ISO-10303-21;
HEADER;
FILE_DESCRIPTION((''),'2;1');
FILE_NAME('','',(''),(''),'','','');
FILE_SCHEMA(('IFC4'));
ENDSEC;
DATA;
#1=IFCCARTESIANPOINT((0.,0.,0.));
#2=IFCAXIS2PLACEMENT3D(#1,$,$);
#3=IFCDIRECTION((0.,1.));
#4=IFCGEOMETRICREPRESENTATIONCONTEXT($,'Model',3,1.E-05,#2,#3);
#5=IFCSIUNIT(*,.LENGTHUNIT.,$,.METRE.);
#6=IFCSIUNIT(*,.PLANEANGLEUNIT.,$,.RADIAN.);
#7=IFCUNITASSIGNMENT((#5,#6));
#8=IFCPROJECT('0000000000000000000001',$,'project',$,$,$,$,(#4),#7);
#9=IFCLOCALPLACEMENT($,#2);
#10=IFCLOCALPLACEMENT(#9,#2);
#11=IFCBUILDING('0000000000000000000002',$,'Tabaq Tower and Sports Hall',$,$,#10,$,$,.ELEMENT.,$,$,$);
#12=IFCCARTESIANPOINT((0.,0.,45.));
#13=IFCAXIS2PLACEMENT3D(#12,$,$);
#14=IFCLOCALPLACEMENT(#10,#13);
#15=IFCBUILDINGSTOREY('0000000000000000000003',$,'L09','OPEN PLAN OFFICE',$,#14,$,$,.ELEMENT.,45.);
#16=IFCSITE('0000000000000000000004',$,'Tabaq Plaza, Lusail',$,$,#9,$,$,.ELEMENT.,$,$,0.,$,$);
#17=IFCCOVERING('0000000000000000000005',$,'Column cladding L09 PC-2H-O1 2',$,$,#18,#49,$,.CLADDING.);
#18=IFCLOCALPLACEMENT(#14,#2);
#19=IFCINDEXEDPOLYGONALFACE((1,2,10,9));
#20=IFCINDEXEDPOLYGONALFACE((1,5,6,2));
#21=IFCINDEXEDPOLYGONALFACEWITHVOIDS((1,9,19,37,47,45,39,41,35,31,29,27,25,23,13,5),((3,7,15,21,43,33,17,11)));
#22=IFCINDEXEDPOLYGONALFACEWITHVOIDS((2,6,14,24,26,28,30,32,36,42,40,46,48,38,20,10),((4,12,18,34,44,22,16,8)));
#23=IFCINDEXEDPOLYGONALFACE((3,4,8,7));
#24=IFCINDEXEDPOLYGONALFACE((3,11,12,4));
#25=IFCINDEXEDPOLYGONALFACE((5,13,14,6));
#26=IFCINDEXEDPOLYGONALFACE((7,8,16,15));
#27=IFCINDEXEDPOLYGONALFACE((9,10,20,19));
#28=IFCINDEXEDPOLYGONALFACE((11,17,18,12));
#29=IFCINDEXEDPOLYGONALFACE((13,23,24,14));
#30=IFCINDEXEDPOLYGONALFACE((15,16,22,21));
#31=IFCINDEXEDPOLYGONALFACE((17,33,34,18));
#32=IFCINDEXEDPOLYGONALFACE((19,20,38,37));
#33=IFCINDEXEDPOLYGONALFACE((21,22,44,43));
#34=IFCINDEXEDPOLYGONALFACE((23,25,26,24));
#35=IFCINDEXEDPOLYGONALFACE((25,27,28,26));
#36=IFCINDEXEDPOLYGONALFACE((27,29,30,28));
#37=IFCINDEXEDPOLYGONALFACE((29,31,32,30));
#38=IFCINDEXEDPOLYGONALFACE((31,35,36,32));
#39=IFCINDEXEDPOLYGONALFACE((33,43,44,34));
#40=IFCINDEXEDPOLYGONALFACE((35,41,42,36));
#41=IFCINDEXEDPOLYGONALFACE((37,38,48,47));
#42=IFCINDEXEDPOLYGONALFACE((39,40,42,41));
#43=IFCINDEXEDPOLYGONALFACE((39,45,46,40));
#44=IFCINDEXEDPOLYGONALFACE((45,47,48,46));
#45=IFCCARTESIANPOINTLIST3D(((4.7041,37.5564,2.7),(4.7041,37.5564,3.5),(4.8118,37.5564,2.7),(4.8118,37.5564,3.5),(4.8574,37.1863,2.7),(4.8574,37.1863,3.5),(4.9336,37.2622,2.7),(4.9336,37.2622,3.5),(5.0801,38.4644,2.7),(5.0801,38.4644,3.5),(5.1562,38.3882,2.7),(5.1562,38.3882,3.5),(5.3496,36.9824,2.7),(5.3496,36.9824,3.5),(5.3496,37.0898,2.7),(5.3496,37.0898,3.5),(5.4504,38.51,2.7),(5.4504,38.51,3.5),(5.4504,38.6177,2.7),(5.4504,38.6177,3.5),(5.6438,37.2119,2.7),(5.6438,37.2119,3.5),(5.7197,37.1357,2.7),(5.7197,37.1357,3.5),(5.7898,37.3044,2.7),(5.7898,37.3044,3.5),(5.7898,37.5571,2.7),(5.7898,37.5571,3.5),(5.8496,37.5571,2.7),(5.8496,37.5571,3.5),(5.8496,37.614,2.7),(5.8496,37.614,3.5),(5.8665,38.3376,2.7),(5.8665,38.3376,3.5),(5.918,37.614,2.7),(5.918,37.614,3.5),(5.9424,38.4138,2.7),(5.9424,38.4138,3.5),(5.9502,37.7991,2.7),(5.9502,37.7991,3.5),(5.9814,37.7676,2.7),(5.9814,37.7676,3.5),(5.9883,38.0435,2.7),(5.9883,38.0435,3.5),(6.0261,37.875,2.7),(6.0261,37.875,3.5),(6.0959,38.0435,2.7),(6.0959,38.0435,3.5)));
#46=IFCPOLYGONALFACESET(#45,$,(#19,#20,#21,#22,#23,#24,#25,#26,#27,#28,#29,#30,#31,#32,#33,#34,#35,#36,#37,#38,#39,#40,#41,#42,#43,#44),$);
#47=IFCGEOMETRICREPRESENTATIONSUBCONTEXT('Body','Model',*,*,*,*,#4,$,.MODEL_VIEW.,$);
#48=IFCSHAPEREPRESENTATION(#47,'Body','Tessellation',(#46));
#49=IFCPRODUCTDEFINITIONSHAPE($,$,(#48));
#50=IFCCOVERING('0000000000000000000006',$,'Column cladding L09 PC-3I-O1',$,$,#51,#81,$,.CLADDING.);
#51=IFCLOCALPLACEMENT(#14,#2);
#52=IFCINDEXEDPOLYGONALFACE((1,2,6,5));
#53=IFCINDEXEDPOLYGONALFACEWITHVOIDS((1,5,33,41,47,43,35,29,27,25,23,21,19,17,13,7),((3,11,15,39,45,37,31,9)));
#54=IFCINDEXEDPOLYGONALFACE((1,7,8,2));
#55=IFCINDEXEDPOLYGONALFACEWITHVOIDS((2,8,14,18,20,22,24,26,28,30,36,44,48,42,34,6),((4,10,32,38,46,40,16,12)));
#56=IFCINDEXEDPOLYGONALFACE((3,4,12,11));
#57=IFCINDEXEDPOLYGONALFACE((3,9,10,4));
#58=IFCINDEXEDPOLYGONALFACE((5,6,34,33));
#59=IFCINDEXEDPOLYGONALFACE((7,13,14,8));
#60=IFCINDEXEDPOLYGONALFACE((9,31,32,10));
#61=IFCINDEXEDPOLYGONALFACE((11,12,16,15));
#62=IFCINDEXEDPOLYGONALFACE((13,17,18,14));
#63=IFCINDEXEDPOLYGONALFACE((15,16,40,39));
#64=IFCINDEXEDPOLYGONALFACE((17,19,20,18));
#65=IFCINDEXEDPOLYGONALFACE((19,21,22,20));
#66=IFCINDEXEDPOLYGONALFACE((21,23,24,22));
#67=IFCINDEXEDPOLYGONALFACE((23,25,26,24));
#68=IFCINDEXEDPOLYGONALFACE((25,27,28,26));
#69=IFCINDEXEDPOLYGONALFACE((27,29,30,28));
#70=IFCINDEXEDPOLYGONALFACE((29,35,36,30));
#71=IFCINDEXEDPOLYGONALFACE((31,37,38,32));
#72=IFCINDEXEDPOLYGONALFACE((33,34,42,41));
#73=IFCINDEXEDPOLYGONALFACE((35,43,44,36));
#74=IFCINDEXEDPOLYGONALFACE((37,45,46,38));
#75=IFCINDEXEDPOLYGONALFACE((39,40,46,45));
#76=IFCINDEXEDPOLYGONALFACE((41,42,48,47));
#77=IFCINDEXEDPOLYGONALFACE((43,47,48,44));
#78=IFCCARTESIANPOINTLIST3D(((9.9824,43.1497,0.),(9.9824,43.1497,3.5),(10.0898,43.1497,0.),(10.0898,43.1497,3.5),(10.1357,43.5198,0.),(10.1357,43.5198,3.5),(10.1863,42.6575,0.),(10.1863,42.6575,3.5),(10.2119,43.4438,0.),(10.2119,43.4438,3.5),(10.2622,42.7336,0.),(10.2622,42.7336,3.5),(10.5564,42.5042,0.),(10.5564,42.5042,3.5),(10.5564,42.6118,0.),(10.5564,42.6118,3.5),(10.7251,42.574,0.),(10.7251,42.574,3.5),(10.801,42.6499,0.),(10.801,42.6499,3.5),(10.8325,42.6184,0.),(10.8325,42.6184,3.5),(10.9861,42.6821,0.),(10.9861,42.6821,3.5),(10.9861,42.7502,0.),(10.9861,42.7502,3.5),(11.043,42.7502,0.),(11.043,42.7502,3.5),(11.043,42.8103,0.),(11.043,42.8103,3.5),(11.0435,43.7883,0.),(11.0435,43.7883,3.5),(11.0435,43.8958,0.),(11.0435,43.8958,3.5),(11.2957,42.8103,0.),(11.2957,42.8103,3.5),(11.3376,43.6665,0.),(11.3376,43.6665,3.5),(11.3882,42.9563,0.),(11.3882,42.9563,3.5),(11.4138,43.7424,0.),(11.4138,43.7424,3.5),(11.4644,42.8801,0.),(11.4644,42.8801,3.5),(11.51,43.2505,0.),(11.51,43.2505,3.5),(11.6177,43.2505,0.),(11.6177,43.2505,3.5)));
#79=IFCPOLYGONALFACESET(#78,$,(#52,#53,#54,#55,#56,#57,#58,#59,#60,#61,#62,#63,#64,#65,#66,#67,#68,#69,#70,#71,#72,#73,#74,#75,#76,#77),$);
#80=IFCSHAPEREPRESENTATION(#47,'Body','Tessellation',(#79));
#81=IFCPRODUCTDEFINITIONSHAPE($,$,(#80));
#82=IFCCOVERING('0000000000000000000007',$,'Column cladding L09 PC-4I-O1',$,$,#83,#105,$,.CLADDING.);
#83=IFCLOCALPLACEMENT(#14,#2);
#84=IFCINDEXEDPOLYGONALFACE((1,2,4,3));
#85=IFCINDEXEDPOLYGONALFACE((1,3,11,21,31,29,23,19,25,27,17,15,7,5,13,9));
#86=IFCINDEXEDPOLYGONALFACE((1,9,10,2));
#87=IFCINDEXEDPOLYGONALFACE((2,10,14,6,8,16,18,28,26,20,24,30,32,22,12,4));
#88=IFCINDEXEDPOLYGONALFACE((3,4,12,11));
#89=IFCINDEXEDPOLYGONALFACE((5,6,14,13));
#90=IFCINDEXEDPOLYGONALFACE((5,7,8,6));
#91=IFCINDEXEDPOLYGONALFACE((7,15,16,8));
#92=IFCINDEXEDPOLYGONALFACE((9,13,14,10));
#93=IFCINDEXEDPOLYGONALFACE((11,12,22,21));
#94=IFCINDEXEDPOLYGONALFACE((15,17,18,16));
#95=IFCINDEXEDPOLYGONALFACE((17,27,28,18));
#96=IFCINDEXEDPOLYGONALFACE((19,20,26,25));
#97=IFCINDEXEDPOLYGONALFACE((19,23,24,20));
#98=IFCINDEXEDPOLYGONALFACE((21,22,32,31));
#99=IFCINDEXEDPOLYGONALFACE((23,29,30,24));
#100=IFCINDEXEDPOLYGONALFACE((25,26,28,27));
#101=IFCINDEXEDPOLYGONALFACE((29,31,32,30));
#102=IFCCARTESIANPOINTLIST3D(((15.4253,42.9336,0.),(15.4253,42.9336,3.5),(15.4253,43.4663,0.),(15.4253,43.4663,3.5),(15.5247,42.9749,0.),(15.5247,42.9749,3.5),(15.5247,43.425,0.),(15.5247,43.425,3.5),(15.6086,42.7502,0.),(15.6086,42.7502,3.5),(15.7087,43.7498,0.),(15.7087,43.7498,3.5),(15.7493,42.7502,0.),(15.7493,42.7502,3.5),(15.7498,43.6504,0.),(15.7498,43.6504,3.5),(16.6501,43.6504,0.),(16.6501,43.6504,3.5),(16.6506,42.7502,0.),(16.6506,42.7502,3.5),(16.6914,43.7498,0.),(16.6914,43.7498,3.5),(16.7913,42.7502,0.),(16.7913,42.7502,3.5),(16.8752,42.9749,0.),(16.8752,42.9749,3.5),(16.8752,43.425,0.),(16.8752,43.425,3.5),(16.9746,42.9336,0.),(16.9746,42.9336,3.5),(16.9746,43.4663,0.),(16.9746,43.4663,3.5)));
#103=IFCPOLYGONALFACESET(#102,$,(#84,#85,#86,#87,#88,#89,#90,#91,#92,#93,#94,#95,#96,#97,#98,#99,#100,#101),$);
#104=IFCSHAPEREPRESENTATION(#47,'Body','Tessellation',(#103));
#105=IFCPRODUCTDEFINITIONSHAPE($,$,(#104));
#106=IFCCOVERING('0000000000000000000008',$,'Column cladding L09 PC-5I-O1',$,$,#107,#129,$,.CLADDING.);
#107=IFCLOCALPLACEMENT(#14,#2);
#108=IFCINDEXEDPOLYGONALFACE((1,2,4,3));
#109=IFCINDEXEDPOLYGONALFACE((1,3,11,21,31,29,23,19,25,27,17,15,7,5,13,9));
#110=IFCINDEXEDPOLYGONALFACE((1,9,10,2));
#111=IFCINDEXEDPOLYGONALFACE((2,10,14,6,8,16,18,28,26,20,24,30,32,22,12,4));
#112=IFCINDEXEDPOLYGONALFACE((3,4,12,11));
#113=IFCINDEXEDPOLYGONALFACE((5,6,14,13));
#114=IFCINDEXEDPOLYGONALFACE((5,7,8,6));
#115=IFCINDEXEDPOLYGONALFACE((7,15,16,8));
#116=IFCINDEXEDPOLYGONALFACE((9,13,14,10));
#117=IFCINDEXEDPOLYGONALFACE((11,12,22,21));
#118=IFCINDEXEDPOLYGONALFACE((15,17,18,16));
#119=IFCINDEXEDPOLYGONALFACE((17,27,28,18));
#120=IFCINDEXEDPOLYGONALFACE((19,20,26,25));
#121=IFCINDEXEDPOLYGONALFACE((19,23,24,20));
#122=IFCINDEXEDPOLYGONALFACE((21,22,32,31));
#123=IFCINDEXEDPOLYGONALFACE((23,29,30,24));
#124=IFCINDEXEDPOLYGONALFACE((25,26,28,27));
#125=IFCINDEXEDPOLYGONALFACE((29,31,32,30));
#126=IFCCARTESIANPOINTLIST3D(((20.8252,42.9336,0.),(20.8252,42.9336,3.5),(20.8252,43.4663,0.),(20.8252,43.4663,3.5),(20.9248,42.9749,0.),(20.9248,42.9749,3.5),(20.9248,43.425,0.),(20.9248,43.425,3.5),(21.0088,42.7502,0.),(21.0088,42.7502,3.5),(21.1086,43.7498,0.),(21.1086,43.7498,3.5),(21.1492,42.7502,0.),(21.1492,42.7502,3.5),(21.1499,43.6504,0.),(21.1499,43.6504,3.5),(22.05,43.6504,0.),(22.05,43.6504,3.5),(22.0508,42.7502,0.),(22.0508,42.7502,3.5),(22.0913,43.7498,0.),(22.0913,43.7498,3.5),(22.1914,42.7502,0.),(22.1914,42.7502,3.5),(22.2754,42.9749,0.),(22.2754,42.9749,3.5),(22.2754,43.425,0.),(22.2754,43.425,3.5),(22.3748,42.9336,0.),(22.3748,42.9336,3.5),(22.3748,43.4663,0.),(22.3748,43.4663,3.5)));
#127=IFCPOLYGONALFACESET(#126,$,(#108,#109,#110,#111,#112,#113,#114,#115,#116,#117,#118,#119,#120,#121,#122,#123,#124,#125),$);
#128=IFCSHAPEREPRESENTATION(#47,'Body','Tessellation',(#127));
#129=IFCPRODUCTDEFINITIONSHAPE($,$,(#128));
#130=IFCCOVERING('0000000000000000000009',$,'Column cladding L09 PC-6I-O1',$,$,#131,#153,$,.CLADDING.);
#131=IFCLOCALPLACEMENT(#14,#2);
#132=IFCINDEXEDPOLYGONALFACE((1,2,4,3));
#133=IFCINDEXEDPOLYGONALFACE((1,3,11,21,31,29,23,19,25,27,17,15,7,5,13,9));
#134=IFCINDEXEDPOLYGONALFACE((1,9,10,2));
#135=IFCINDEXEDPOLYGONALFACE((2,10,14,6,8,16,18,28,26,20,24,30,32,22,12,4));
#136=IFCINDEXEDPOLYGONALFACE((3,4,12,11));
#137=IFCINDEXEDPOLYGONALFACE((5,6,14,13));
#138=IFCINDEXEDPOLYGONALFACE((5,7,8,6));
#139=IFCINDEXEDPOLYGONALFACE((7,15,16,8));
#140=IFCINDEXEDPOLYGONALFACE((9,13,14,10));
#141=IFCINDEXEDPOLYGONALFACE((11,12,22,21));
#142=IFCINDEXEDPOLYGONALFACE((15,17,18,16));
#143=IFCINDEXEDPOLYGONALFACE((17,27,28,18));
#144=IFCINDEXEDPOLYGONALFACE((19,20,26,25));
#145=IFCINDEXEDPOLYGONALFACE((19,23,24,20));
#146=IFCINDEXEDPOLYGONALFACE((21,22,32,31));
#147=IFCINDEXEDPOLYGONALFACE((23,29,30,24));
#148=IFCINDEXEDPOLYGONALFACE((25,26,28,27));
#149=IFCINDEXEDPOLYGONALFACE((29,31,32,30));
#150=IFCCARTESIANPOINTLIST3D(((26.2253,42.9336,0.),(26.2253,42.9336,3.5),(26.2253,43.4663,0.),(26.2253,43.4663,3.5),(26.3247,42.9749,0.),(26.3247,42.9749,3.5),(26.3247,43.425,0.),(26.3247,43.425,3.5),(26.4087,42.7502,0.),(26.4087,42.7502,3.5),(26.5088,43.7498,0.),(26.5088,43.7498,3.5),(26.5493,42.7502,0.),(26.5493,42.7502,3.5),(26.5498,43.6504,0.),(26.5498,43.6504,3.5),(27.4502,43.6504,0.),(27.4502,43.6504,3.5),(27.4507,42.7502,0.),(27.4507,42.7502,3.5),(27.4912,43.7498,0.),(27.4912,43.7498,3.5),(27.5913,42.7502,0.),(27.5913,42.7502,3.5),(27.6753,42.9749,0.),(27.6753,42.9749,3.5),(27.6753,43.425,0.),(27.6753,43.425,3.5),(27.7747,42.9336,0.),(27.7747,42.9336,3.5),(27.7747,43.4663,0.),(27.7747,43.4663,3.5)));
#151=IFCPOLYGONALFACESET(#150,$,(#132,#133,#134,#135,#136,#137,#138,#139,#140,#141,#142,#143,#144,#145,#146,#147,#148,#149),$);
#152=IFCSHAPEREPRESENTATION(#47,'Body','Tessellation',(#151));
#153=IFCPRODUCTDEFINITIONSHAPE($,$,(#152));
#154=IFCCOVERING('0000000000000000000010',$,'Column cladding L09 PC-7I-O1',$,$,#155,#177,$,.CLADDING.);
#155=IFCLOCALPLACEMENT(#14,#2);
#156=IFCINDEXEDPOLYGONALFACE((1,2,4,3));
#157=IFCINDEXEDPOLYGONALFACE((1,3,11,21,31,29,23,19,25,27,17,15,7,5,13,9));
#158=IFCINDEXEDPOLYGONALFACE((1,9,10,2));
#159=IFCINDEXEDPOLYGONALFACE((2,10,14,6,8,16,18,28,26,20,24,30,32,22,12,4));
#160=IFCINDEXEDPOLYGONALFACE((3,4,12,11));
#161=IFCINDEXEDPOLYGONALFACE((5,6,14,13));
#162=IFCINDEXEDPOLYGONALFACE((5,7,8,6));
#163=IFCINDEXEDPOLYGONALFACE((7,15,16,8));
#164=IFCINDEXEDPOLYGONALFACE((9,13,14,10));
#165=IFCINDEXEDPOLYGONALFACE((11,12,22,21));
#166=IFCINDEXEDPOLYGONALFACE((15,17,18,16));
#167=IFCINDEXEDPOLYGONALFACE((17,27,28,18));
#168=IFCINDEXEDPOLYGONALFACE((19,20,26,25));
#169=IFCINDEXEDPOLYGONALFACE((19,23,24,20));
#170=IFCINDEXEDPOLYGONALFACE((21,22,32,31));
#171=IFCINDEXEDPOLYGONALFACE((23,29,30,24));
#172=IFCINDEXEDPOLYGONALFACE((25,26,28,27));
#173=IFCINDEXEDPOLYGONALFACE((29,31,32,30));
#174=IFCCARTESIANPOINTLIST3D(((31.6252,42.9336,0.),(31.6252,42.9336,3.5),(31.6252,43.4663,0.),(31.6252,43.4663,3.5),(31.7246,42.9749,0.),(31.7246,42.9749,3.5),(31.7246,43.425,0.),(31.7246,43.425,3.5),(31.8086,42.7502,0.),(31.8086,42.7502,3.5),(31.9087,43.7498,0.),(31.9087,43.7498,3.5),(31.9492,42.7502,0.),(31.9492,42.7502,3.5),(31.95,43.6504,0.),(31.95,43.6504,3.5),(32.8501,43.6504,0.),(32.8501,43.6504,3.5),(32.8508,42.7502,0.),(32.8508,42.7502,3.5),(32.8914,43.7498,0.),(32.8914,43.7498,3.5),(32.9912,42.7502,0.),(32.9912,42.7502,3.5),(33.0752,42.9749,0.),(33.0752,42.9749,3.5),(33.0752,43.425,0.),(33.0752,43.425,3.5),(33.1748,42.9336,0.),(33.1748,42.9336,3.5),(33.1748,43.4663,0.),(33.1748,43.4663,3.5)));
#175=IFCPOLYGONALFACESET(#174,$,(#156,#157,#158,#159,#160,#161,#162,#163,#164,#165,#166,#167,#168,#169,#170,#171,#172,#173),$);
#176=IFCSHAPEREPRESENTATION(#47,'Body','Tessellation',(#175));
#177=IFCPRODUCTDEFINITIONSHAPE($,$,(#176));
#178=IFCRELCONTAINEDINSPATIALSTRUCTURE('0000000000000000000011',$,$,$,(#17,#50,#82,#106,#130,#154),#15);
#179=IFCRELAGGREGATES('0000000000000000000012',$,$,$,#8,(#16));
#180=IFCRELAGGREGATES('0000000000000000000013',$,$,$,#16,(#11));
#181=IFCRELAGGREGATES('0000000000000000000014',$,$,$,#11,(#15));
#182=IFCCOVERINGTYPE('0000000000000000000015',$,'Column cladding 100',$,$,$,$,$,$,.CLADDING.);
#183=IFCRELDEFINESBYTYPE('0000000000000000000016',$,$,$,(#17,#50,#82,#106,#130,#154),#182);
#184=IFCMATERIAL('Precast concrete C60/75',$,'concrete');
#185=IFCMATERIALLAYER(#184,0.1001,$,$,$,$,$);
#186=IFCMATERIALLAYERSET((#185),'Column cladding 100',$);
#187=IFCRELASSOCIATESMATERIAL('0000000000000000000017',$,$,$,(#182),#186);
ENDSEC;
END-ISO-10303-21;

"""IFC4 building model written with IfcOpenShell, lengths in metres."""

from ifc_helpers import new_model, si_unit, direction, frame, origin, place, context, subcontext, project, spatial, polyline, outline, extrude, material, layer, layer_set, type_object, element, save


model = new_model("IFC4")

# Units and contexts
model_context = context("Model", 3, precision=1e-05, world=origin(), true_north=direction((0.0, 1.0)))
body_context = subcontext(model_context, "Body", "Model", "MODEL_VIEW")
ifc_project = project(units=[si_unit("LENGTHUNIT", "METRE"), si_unit("PLANEANGLEUNIT", "RADIAN")], contexts=[model_context])

# Site, building, storey
site_placement = place(None, origin())
site = spatial("IfcSite", under=ifc_project, at=site_placement, Name="Tabaq Plaza, Lusail", CompositionType="ELEMENT", RefElevation=0.0)
building_placement = place(site_placement, origin())
building = spatial("IfcBuilding", under=site, at=building_placement, Name="Tabaq Tower and Sports Hall", CompositionType="ELEMENT")
storey_placement = place(building_placement, frame((0.0, 0.0, 45.0)))
storey = spatial("IfcBuildingStorey", under=building, at=storey_placement, Name="L09", Description="OPEN PLAN OFFICE", CompositionType="ELEMENT", Elevation=45.0)

# Coverings
ifc_material_1 = material(Name="Precast concrete C60/75", Category="concrete")
ifc_layer_1 = layer(ifc_material_1, 0.1001)
ifc_layer_set_1 = layer_set([ifc_layer_1], Name="Column cladding 100")
covering_type = type_object("IfcCoveringType", Name="Column cladding 100", PredefinedType="CLADDING", material=ifc_layer_set_1)
covering_1_placement = place(storey_placement, frame((0.0, 0.0, 2.7)))
element("IfcCovering", 1, at=covering_1_placement, inside=storey, type_object=covering_type, Name="Column cladding L09 PC-2H-O1 2", PredefinedType="CLADDING", context=body_context, shape_type="SweptSolid", body=[
    extrude(outline(polyline([(4.8574, 37.1863), (4.7041, 37.5564), (5.0801, 38.4644), (5.4504, 38.6177), (5.9424, 38.4138), (6.0959, 38.0435), (6.0261, 37.875), (5.9502, 37.7991), (5.9814, 37.7676), (5.918, 37.614), (5.8496, 37.614), (5.8496, 37.5571), (5.7898, 37.5571), (5.7898, 37.3044), (5.7197, 37.1357), (5.3496, 36.9824), (4.8574, 37.1863)]), holes=[polyline([(5.8665, 38.3376), (5.4504, 38.51), (5.1562, 38.3882), (4.8118, 37.5564), (4.9336, 37.2622), (5.3496, 37.0898), (5.6438, 37.2119), (5.9883, 38.0435), (5.8665, 38.3376)])]), origin(), (0.0, 0.0, 1.0), 0.8),
])
covering_2_placement = place(storey_placement, origin())
element("IfcCovering", 2, at=covering_2_placement, inside=storey, type_object=covering_type, Name="Column cladding L09 PC-3I-O1", PredefinedType="CLADDING", context=body_context, shape_type="SweptSolid", body=[
    extrude(outline(polyline([(9.9824, 43.1497), (10.1357, 43.5198), (11.0435, 43.8958), (11.4138, 43.7424), (11.6177, 43.2505), (11.4644, 42.8801), (11.2957, 42.8103), (11.043, 42.8103), (11.043, 42.7502), (10.9861, 42.7502), (10.9861, 42.6821), (10.8325, 42.6184), (10.801, 42.6499), (10.7251, 42.574), (10.5564, 42.5042), (10.1863, 42.6575), (9.9824, 43.1497)]), holes=[polyline([(11.51, 43.2505), (11.3376, 43.6665), (11.0435, 43.7883), (10.2119, 43.4438), (10.0898, 43.1497), (10.2622, 42.7336), (10.5564, 42.6118), (11.3882, 42.9563), (11.51, 43.2505)])]), origin(), (0.0, 0.0, 1.0), 3.5),
])
covering_3_placement = place(storey_placement, origin())
element("IfcCovering", 3, at=covering_3_placement, inside=storey, type_object=covering_type, Name="Column cladding L09 PC-4I-O1", PredefinedType="CLADDING", context=body_context, shape_type="SweptSolid", body=[
    extrude(outline(polyline([(15.4253, 43.4663), (15.7087, 43.7498), (16.6914, 43.7498), (16.9746, 43.4663), (16.9746, 42.9336), (16.7913, 42.7502), (16.6506, 42.7502), (16.8752, 42.9749), (16.8752, 43.425), (16.6501, 43.6504), (15.7498, 43.6504), (15.5247, 43.425), (15.5247, 42.9749), (15.7493, 42.7502), (15.6086, 42.7502), (15.4253, 42.9336), (15.4253, 43.4663)])), origin(), (0.0, 0.0, 1.0), 3.5),
])
covering_4_placement = place(storey_placement, origin())
element("IfcCovering", 4, at=covering_4_placement, inside=storey, type_object=covering_type, Name="Column cladding L09 PC-5I-O1", PredefinedType="CLADDING", context=body_context, shape_type="SweptSolid", body=[
    extrude(outline(polyline([(20.8252, 43.4663), (21.1086, 43.7498), (22.0913, 43.7498), (22.3748, 43.4663), (22.3748, 42.9336), (22.1914, 42.7502), (22.0508, 42.7502), (22.2754, 42.9749), (22.2754, 43.425), (22.05, 43.6504), (21.1499, 43.6504), (20.9248, 43.425), (20.9248, 42.9749), (21.1492, 42.7502), (21.0088, 42.7502), (20.8252, 42.9336), (20.8252, 43.4663)])), origin(), (0.0, 0.0, 1.0), 3.5),
])
covering_5_placement = place(storey_placement, origin())
element("IfcCovering", 5, at=covering_5_placement, inside=storey, type_object=covering_type, Name="Column cladding L09 PC-6I-O1", PredefinedType="CLADDING", context=body_context, shape_type="SweptSolid", body=[
    extrude(outline(polyline([(26.2253, 43.4663), (26.5088, 43.7498), (27.4912, 43.7498), (27.7747, 43.4663), (27.7747, 42.9336), (27.5913, 42.7502), (27.4507, 42.7502), (27.6753, 42.9749), (27.6753, 43.425), (27.4502, 43.6504), (26.5498, 43.6504), (26.3247, 43.425), (26.3247, 42.9749), (26.5493, 42.7502), (26.4087, 42.7502), (26.2253, 42.9336), (26.2253, 43.4663)])), origin(), (0.0, 0.0, 1.0), 3.5),
])
covering_6_placement = place(storey_placement, origin())
element("IfcCovering", 6, at=covering_6_placement, inside=storey, type_object=covering_type, Name="Column cladding L09 PC-7I-O1", PredefinedType="CLADDING", context=body_context, shape_type="SweptSolid", body=[
    extrude(outline(polyline([(31.6252, 43.4663), (31.9087, 43.7498), (32.8914, 43.7498), (33.1748, 43.4663), (33.1748, 42.9336), (32.9912, 42.7502), (32.8508, 42.7502), (33.0752, 42.9749), (33.0752, 43.425), (32.8501, 43.6504), (31.95, 43.6504), (31.7246, 43.425), (31.7246, 42.9749), (31.9492, 42.7502), (31.8086, 42.7502), (31.6252, 42.9336), (31.6252, 43.4663)])), origin(), (0.0, 0.0, 1.0), 3.5),
])

save(model, "model.ifc")
